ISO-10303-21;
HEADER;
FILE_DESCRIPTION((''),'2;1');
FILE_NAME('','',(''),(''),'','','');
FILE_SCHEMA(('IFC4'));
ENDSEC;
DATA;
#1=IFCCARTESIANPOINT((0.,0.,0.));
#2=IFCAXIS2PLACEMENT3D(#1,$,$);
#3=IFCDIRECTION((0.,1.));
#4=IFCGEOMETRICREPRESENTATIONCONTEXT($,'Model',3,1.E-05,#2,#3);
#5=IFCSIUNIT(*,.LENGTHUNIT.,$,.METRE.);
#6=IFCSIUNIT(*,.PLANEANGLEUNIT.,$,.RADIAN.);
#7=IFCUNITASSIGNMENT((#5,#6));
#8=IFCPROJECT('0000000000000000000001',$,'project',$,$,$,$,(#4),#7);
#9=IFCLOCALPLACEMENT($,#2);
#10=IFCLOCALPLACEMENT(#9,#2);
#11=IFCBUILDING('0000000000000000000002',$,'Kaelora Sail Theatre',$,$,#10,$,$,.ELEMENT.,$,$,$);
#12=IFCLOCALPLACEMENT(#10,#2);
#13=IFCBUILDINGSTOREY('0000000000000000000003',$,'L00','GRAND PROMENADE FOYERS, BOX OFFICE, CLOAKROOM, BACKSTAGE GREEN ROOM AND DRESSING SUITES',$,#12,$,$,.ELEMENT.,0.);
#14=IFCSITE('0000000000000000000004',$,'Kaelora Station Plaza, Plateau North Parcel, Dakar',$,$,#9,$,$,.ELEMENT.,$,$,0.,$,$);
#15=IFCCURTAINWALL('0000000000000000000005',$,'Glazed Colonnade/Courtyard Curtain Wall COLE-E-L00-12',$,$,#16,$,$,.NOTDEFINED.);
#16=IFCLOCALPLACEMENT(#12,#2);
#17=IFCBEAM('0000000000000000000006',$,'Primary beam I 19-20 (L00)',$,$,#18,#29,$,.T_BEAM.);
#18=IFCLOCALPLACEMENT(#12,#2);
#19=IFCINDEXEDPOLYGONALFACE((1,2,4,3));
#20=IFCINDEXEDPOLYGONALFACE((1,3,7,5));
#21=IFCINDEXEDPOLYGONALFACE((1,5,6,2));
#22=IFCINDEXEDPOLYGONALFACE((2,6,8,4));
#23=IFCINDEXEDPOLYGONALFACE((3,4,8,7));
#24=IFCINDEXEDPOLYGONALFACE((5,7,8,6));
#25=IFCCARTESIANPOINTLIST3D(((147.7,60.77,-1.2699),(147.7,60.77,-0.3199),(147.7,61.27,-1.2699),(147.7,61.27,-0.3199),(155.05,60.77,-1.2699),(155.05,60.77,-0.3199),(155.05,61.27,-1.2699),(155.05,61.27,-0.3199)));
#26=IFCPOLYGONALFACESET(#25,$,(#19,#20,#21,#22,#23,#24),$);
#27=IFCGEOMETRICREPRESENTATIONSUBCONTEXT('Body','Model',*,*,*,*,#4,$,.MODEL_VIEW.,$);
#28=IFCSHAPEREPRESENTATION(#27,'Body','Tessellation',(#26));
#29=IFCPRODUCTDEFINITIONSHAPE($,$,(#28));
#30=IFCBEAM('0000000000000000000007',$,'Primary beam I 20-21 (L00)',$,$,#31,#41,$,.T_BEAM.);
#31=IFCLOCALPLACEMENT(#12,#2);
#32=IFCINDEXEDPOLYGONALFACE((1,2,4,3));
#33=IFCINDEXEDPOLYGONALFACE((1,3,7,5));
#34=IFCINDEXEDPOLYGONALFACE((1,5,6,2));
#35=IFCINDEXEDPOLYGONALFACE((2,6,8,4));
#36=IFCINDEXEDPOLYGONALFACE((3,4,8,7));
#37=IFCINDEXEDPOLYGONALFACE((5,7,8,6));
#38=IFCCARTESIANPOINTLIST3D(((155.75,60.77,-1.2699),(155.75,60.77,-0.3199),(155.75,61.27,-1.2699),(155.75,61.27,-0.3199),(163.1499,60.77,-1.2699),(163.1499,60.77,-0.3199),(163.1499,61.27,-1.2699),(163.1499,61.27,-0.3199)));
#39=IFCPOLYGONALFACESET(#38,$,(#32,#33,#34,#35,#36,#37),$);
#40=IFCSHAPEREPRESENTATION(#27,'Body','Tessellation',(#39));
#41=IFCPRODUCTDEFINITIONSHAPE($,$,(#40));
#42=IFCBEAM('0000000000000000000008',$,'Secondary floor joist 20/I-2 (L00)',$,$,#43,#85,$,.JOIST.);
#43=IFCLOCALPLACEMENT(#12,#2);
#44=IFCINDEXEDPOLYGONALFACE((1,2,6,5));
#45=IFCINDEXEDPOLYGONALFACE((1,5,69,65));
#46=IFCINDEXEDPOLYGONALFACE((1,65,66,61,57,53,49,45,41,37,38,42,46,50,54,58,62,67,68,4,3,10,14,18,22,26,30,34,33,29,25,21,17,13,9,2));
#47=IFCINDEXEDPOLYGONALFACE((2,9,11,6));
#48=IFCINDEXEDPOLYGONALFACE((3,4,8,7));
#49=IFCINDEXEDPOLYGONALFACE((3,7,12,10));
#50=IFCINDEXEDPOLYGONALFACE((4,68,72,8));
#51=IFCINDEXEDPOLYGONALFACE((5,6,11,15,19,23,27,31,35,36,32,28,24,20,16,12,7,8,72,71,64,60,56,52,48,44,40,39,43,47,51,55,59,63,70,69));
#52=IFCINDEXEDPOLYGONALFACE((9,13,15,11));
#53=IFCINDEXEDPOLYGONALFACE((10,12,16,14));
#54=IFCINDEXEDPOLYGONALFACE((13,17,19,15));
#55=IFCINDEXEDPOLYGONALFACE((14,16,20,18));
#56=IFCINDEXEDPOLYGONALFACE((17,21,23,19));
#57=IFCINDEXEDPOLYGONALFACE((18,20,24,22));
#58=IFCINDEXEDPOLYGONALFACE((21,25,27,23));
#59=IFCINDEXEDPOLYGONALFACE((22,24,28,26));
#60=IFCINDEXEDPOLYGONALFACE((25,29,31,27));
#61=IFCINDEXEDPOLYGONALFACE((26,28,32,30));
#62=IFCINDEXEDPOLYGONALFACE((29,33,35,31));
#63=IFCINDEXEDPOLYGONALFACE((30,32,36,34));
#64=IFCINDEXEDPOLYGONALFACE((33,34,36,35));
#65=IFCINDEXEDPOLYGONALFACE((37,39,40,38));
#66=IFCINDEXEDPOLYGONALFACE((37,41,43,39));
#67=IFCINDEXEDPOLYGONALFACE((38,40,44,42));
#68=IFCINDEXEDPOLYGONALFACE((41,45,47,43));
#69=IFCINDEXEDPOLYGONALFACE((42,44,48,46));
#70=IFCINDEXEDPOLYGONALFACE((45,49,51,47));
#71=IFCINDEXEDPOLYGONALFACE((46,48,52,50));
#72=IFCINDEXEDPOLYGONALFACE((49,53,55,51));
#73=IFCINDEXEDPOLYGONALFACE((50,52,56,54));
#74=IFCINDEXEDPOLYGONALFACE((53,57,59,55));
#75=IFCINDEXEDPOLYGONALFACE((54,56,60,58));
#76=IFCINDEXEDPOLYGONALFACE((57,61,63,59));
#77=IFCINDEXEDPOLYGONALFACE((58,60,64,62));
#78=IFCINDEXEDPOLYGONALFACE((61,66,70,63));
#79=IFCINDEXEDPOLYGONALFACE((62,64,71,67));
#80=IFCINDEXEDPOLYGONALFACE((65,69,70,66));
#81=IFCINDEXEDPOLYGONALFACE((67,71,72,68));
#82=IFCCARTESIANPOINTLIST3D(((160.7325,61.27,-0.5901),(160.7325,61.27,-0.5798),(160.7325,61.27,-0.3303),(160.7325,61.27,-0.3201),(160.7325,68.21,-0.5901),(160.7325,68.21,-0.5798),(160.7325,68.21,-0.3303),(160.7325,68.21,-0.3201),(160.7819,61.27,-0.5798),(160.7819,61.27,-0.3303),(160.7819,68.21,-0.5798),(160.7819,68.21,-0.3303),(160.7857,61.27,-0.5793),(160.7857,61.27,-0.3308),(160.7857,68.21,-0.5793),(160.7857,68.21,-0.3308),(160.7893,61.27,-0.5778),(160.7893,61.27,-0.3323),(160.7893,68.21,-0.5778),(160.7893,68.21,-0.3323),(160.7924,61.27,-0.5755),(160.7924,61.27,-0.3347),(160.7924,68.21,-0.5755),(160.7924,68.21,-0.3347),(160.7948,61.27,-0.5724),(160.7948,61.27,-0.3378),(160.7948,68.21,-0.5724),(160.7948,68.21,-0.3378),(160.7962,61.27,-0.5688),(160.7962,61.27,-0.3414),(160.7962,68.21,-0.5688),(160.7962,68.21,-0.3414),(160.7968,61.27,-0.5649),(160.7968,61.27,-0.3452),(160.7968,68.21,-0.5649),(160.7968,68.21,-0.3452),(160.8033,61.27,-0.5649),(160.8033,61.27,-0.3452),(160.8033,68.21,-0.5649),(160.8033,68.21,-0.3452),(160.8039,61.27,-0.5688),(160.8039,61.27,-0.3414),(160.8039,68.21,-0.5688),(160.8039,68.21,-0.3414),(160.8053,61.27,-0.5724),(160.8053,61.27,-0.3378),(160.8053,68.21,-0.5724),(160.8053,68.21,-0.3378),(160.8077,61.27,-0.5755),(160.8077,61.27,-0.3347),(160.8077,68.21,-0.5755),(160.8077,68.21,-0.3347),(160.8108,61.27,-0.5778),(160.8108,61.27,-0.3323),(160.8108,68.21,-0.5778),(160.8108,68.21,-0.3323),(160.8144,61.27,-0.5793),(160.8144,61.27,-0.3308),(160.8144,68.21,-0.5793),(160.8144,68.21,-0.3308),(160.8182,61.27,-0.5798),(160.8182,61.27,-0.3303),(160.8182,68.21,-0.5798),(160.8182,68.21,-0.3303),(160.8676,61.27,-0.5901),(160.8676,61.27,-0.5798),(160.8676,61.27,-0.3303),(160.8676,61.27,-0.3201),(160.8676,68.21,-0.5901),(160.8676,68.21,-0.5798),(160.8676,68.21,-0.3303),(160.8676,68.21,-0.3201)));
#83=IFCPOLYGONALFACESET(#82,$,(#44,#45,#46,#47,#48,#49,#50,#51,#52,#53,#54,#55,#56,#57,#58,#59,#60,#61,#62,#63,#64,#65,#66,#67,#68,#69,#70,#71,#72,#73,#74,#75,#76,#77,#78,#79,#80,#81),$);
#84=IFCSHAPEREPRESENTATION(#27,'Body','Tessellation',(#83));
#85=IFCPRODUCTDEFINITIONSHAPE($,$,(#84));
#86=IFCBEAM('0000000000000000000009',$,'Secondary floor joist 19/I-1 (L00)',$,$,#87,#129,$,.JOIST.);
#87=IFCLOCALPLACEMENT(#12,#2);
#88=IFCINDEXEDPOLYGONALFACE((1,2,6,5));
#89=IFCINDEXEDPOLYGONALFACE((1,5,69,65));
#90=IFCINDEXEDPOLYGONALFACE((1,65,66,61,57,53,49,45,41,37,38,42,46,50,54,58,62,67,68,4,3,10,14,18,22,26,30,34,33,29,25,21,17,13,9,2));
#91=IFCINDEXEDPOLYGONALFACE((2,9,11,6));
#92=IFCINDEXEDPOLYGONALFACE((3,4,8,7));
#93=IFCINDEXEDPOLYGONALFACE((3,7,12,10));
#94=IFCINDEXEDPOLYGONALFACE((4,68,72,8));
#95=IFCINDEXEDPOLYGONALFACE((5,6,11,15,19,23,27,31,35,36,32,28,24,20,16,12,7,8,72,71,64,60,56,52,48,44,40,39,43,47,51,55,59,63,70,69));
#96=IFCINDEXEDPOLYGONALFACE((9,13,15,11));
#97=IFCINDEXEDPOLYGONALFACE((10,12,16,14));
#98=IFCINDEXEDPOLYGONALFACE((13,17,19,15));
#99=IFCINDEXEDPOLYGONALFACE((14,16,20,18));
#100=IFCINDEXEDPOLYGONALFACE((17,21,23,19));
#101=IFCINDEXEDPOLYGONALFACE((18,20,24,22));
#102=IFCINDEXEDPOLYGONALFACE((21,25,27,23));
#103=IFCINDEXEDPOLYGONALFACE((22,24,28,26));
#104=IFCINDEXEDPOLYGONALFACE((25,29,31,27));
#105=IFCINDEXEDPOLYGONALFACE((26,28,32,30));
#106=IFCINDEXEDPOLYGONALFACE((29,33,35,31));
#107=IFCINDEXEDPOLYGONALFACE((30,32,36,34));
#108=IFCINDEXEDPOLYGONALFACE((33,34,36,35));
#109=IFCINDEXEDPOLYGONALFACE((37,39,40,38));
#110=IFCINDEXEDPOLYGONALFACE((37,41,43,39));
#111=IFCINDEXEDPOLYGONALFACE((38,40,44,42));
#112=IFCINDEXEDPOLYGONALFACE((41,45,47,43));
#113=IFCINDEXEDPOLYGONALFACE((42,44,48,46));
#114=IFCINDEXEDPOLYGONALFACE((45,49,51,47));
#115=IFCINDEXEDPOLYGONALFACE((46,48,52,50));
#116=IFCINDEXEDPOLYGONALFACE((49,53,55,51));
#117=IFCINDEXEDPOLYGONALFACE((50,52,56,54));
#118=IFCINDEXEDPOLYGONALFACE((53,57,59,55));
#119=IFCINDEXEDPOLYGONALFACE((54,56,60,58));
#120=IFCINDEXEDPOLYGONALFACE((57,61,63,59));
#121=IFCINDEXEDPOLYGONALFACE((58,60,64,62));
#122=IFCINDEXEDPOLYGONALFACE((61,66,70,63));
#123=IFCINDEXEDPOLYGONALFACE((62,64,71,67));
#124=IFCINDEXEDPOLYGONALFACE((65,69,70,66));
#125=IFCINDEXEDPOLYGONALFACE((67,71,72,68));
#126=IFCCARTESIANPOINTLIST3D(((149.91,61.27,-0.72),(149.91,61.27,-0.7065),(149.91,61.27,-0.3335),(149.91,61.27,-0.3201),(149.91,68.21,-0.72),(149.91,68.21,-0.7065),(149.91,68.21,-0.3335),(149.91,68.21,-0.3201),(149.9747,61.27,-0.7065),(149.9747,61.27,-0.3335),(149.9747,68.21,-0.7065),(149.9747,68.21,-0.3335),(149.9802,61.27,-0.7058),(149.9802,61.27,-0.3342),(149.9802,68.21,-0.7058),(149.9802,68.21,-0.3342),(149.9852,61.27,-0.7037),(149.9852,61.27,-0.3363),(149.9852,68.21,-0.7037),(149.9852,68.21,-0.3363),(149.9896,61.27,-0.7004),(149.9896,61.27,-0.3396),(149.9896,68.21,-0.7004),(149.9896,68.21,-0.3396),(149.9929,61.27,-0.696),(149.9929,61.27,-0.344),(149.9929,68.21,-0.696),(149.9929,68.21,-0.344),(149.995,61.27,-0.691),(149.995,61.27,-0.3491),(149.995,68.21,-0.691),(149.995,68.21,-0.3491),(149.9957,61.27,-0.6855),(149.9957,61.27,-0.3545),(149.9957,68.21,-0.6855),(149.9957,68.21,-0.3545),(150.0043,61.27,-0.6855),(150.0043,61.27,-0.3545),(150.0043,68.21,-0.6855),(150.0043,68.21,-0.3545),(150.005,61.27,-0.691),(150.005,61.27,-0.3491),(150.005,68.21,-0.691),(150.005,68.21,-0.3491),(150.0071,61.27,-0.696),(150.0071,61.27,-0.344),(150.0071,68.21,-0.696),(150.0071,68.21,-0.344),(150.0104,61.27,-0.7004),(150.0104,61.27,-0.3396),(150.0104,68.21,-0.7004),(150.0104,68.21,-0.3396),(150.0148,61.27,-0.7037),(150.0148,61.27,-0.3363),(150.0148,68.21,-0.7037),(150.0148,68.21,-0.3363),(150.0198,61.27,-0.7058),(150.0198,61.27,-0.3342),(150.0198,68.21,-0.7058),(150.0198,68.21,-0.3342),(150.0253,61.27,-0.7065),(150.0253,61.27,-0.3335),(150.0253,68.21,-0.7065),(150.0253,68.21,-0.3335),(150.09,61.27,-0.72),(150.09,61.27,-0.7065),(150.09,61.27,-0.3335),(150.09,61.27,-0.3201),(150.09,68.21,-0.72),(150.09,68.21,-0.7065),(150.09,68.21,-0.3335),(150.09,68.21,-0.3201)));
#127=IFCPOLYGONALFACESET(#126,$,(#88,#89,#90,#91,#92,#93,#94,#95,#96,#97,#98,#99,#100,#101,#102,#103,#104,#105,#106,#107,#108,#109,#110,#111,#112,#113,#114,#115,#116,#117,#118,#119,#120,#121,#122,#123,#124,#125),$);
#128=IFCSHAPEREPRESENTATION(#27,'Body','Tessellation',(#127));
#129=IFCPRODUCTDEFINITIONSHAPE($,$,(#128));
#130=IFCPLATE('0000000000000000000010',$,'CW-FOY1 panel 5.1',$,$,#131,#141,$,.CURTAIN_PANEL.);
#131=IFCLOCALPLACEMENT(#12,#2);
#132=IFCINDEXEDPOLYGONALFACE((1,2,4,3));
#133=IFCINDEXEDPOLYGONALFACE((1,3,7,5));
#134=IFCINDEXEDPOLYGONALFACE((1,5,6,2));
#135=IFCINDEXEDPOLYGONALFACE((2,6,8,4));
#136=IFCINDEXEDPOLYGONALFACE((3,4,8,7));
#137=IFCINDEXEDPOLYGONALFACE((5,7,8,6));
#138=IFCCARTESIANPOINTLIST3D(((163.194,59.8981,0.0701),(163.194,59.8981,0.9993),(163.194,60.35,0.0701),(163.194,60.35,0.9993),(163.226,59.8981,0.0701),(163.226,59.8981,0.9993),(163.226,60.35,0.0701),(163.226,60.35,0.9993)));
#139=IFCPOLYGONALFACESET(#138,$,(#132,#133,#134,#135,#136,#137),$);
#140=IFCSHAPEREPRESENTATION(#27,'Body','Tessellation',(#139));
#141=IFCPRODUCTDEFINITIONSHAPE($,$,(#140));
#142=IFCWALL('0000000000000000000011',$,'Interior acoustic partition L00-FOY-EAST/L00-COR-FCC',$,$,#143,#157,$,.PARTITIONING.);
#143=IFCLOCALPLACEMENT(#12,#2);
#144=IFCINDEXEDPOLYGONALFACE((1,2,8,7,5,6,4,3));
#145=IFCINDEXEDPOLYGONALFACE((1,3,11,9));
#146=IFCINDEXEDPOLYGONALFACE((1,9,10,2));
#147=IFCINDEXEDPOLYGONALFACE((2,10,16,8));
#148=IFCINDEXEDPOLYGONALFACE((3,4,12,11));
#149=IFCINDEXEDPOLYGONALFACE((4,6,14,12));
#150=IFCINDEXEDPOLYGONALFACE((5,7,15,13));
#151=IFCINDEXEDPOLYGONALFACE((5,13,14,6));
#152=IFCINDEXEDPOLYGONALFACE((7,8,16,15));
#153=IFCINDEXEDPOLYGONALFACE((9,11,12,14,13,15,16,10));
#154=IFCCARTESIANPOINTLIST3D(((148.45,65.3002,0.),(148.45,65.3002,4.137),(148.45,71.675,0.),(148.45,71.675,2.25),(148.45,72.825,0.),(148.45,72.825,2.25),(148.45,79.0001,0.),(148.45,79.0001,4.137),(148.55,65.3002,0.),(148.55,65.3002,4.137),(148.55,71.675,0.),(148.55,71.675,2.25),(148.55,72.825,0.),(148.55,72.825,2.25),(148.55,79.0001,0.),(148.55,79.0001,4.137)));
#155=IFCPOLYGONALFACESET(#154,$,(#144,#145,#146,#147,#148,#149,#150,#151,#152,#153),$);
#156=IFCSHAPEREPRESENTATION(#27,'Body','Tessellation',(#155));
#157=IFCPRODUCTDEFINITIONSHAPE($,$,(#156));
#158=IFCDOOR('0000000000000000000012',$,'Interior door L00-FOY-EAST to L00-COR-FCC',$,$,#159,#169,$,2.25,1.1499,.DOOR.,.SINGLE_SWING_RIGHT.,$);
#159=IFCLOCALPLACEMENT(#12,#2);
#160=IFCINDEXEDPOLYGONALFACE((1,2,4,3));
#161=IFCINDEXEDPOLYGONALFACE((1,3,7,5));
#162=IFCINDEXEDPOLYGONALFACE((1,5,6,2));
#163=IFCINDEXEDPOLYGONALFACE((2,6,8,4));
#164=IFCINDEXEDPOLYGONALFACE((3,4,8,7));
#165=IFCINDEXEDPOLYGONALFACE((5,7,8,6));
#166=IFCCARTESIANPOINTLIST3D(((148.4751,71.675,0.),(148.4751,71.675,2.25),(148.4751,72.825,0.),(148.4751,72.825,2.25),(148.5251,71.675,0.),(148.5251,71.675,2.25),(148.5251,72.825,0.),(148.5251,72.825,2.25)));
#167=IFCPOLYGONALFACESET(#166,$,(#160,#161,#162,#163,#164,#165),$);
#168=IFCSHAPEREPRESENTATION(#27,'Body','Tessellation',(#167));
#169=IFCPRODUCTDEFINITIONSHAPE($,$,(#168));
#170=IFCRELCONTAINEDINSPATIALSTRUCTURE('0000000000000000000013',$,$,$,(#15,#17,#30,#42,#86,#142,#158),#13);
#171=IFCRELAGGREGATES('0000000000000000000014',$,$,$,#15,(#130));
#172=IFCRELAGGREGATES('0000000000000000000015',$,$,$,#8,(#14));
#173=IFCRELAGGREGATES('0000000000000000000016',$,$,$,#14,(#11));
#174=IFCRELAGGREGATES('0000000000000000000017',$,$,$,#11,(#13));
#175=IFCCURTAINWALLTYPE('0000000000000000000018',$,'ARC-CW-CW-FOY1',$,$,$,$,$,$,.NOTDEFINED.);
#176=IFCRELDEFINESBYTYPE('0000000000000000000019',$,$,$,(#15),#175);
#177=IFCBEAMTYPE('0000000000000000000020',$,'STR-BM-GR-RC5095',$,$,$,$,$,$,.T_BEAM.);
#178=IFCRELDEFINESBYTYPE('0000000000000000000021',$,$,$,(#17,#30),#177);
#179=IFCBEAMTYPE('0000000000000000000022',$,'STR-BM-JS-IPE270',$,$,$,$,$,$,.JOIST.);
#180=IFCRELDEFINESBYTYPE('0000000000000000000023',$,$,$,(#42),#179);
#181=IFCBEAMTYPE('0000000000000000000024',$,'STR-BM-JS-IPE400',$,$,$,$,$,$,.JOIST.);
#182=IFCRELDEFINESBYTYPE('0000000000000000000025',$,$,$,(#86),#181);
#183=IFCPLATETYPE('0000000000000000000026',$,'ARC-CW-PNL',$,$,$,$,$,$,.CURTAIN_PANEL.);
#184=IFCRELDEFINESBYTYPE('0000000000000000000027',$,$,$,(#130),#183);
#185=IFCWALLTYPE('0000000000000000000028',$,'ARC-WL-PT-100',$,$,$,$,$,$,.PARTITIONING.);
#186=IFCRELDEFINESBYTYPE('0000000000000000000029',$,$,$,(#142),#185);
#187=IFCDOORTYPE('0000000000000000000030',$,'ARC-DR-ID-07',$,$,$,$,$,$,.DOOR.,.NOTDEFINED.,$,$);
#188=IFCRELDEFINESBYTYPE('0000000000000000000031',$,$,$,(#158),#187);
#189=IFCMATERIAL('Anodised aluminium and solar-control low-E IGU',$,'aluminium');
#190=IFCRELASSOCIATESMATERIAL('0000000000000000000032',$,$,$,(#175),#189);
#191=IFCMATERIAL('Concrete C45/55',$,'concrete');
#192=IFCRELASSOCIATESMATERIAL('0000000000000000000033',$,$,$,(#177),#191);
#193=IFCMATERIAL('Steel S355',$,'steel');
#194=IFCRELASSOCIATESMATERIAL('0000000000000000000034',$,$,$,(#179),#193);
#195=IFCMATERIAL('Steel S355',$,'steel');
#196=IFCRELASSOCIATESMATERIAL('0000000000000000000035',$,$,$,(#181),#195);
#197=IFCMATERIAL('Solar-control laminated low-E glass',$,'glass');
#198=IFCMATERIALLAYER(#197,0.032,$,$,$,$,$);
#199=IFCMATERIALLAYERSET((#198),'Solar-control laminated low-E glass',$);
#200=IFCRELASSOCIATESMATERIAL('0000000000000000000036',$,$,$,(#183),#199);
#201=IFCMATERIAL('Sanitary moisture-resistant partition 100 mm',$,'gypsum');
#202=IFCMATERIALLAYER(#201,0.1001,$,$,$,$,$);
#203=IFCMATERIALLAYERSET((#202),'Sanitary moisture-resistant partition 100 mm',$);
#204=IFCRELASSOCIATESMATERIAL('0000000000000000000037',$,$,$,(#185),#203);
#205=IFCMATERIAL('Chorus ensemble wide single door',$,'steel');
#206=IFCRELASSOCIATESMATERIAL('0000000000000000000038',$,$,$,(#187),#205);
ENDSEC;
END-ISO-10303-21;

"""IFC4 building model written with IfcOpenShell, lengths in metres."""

from ifc_helpers import new_model, si_unit, direction, frame, frame_2d, origin, origin_2d, place, context, subcontext, project, spatial, rectangle, i_section, extrude, material, layer, layer_set, material_profile, profile_set, type_object, element, fill, aggregate, save


model = new_model("IFC4")

# Units and contexts
model_context = context("Model", 3, precision=1e-05, world=origin(), true_north=direction((0.0, 1.0)))
body_context = subcontext(model_context, "Body", "Model", "MODEL_VIEW")
ifc_project = project(units=[si_unit("LENGTHUNIT", "METRE"), si_unit("PLANEANGLEUNIT", "RADIAN")], contexts=[model_context])

# Site, building, storey
site_placement = place(None, origin())
site = spatial("IfcSite", under=ifc_project, at=site_placement, Name="Kaelora Station Plaza, Plateau North Parcel, Dakar", CompositionType="ELEMENT", RefElevation=0.0)
building_placement = place(site_placement, origin())
building = spatial("IfcBuilding", under=site, at=building_placement, Name="Kaelora Sail Theatre", CompositionType="ELEMENT")
storey_placement = place(building_placement, origin())
storey = spatial("IfcBuildingStorey", under=building, at=storey_placement, Name="L00", Description="GRAND PROMENADE FOYERS, BOX OFFICE, CLOAKROOM, BACKSTAGE GREEN ROOM AND DRESSING SUITES", CompositionType="ELEMENT", Elevation=0.0)

# Curtain wall
ifc_material_1 = material(Name="Anodised aluminium and solar-control low-E IGU", Category="aluminium")
curtain_wall_type = type_object("IfcCurtainWallType", Name="ARC-CW-CW-FOY1", PredefinedType="NOTDEFINED", material=ifc_material_1)
curtain_wall_placement = place(storey_placement, origin())
curtain_wall = element("IfcCurtainWall", 1, at=curtain_wall_placement, inside=storey, type_object=curtain_wall_type, Name="Glazed Colonnade/Courtyard Curtain Wall COLE-E-L00-12", PredefinedType="NOTDEFINED")

# Beams
ifc_material_2 = material(Name="Concrete C45/55", Category="concrete")
ifc_material_profile_1 = material_profile(ifc_material_2, rectangle(XDim=0.5, YDim=0.95, at=origin_2d()), Name="RC-GRD 500x950")
ifc_profile_set_1 = profile_set([ifc_material_profile_1], Name="Concrete C45/55")
beam_type_1 = type_object("IfcBeamType", Name="STR-BM-GR-RC5095", PredefinedType="T_BEAM", material=ifc_profile_set_1)
beam_1_placement = place(storey_placement, frame((147.7, 61.02, -0.7949), z_axis=(1.0, 0.0, 0.0), x_axis=(0.0, 1.0, 0.0)))
element("IfcBeam", 2, at=beam_1_placement, inside=storey, type_object=beam_type_1, Name="Primary beam I 19-20 (L00)", PredefinedType="T_BEAM", context=body_context, shape_type="SweptSolid", body=[
    extrude(rectangle(XDim=0.5, YDim=0.95, at=origin_2d()), origin(), (0.0, 0.0, 1.0), 7.3501),
])
beam_2_placement = place(storey_placement, frame((155.75, 61.02, -0.7949), z_axis=(1.0, 0.0, 0.0), x_axis=(0.0, 1.0, 0.0)))
element("IfcBeam", 3, at=beam_2_placement, inside=storey, type_object=beam_type_1, Name="Primary beam I 20-21 (L00)", PredefinedType="T_BEAM", context=body_context, shape_type="SweptSolid", body=[
    extrude(rectangle(XDim=0.5, YDim=0.95, at=origin_2d()), origin(), (0.0, 0.0, 1.0), 7.3999),
])
ifc_material_3 = material(Name="Steel S355", Category="steel")
ifc_material_profile_2 = material_profile(ifc_material_3, i_section(OverallWidth=0.135, OverallDepth=0.27, WebThickness=0.0066, FlangeThickness=0.0103, FilletRadius=0.0149, at=origin_2d()), Name="IPE 270")
ifc_profile_set_2 = profile_set([ifc_material_profile_2], Name="Steel S355")
beam_type_2 = type_object("IfcBeamType", Name="STR-BM-JS-IPE270", PredefinedType="JOIST", material=ifc_profile_set_2)
beam_3_placement = place(storey_placement, frame((160.8, 61.27, -0.4551), z_axis=(0.0, 1.0, 0.0), x_axis=(-1.0, 0.0, 0.0)))
element("IfcBeam", 4, at=beam_3_placement, inside=storey, type_object=beam_type_2, Name="Secondary floor joist 20/I-2 (L00)", PredefinedType="JOIST", context=body_context, shape_type="SweptSolid", body=[
    extrude(i_section(OverallWidth=0.135, OverallDepth=0.27, WebThickness=0.0066, FlangeThickness=0.0103, FilletRadius=0.0149, at=origin_2d()), origin(), (0.0, 0.0, 1.0), 6.9399),
])
ifc_material_4 = material(Name="Steel S355", Category="steel")
ifc_material_profile_3 = material_profile(ifc_material_4, i_section(OverallWidth=0.1799, OverallDepth=0.3999, WebThickness=0.0085, FlangeThickness=0.0134, FilletRadius=0.021, at=origin_2d()), Name="IPE 400")
ifc_profile_set_3 = profile_set([ifc_material_profile_3], Name="Steel S355")
beam_type_3 = type_object("IfcBeamType", Name="STR-BM-JS-IPE400", PredefinedType="JOIST", material=ifc_profile_set_3)
beam_4_placement = place(storey_placement, frame((150.0, 61.27, -0.52), z_axis=(0.0, 1.0, 0.0), x_axis=(-1.0, 0.0, 0.0)))
element("IfcBeam", 5, at=beam_4_placement, inside=storey, type_object=beam_type_3, Name="Secondary floor joist 19/I-1 (L00)", PredefinedType="JOIST", context=body_context, shape_type="SweptSolid", body=[
    extrude(i_section(OverallWidth=0.1799, OverallDepth=0.3999, WebThickness=0.0085, FlangeThickness=0.0134, FilletRadius=0.021, at=origin_2d()), origin(), (0.0, 0.0, 1.0), 6.9399),
])

# Plate
ifc_material_5 = material(Name="Solar-control laminated low-E glass", Category="glass")
ifc_layer_1 = layer(ifc_material_5, 0.032)
ifc_layer_set_1 = layer_set([ifc_layer_1], Name="Solar-control laminated low-E glass")
plate_type = type_object("IfcPlateType", Name="ARC-CW-PNL", PredefinedType="CURTAIN_PANEL", material=ifc_layer_set_1)
plate_placement = place(storey_placement, frame((163.21, 60.124, 0.0701), z_axis=(0.0, 0.0, 1.0), x_axis=(0.0, 1.0, 0.0)))
plate = element("IfcPlate", 6, at=plate_placement, type_object=plate_type, Name="CW-FOY1 panel 5.1", PredefinedType="CURTAIN_PANEL", context=body_context, shape_type="SweptSolid", body=[
    extrude(rectangle(XDim=0.4519, YDim=0.032, at=origin_2d()), origin(), (0.0, 0.0, 1.0), 0.9292),
])
aggregate(curtain_wall, [plate])

# Wall, opening, door
ifc_material_6 = material(Name="Sanitary moisture-resistant partition 100 mm", Category="gypsum")
ifc_layer_2 = layer(ifc_material_6, 0.1001)
ifc_layer_set_2 = layer_set([ifc_layer_2], Name="Sanitary moisture-resistant partition 100 mm")
wall_type_1 = type_object("IfcWallType", Name="ARC-WL-PT-100", PredefinedType="PARTITIONING", material=ifc_layer_set_2)
wall_1_placement = place(storey_placement, frame((148.5, 65.3, 0.0), z_axis=(0.0, 0.0, 1.0), x_axis=(0.0, 1.0, 0.0)))
wall_1 = element("IfcWall", 7, at=wall_1_placement, inside=storey, type_object=wall_type_1, Name="Interior acoustic partition L00-FOY-EAST/L00-COR-FCC", PredefinedType="PARTITIONING", context=body_context, shape_type="SweptSolid", body=[
    extrude(rectangle(XDim=13.7, YDim=0.1001, at=frame_2d((6.8501, 0.0))), origin(), (0.0, 0.0, 1.0), 4.137),
])
opening_1_placement = place(wall_1_placement, frame((6.375, 0.0, 0.0)))
opening_1 = element("IfcOpeningElement", 8, at=opening_1_placement, cuts=wall_1, PredefinedType="OPENING", context=body_context, shape_type="SweptSolid", body=[
    extrude(rectangle(XDim=1.1499, YDim=2.25, at=frame_2d((0.575, 1.125))), frame((0.0, 0.06, 0.0), z_axis=(0.0, -1.0, 0.0), x_axis=(1.0, 0.0, 0.0)), (0.0, 0.0, 1.0), 0.1201),
])
ifc_material_7 = material(Name="Chorus ensemble wide single door", Category="steel")
door_type_1 = type_object("IfcDoorType", Name="ARC-DR-ID-07", OperationType="NOTDEFINED", PredefinedType="DOOR", material=ifc_material_7)
door_1_placement = place(opening_1_placement, origin())
door_1 = element("IfcDoor", 9, at=door_1_placement, inside=storey, type_object=door_type_1, Name="Interior door L00-FOY-EAST to L00-COR-FCC", OperationType="SINGLE_SWING_RIGHT", OverallHeight=2.25, OverallWidth=1.1499, PredefinedType="DOOR", context=body_context, shape_type="SweptSolid", body=[
    extrude(rectangle(XDim=1.1499, YDim=2.25, at=frame_2d((0.575, 1.125))), frame((0.0, 0.0249, 0.0), z_axis=(0.0, -1.0, 0.0), x_axis=(1.0, 0.0, 0.0)), (0.0, 0.0, 1.0), 0.05),
])
fill(opening_1, door_1)

save(model, "model.ifc")
